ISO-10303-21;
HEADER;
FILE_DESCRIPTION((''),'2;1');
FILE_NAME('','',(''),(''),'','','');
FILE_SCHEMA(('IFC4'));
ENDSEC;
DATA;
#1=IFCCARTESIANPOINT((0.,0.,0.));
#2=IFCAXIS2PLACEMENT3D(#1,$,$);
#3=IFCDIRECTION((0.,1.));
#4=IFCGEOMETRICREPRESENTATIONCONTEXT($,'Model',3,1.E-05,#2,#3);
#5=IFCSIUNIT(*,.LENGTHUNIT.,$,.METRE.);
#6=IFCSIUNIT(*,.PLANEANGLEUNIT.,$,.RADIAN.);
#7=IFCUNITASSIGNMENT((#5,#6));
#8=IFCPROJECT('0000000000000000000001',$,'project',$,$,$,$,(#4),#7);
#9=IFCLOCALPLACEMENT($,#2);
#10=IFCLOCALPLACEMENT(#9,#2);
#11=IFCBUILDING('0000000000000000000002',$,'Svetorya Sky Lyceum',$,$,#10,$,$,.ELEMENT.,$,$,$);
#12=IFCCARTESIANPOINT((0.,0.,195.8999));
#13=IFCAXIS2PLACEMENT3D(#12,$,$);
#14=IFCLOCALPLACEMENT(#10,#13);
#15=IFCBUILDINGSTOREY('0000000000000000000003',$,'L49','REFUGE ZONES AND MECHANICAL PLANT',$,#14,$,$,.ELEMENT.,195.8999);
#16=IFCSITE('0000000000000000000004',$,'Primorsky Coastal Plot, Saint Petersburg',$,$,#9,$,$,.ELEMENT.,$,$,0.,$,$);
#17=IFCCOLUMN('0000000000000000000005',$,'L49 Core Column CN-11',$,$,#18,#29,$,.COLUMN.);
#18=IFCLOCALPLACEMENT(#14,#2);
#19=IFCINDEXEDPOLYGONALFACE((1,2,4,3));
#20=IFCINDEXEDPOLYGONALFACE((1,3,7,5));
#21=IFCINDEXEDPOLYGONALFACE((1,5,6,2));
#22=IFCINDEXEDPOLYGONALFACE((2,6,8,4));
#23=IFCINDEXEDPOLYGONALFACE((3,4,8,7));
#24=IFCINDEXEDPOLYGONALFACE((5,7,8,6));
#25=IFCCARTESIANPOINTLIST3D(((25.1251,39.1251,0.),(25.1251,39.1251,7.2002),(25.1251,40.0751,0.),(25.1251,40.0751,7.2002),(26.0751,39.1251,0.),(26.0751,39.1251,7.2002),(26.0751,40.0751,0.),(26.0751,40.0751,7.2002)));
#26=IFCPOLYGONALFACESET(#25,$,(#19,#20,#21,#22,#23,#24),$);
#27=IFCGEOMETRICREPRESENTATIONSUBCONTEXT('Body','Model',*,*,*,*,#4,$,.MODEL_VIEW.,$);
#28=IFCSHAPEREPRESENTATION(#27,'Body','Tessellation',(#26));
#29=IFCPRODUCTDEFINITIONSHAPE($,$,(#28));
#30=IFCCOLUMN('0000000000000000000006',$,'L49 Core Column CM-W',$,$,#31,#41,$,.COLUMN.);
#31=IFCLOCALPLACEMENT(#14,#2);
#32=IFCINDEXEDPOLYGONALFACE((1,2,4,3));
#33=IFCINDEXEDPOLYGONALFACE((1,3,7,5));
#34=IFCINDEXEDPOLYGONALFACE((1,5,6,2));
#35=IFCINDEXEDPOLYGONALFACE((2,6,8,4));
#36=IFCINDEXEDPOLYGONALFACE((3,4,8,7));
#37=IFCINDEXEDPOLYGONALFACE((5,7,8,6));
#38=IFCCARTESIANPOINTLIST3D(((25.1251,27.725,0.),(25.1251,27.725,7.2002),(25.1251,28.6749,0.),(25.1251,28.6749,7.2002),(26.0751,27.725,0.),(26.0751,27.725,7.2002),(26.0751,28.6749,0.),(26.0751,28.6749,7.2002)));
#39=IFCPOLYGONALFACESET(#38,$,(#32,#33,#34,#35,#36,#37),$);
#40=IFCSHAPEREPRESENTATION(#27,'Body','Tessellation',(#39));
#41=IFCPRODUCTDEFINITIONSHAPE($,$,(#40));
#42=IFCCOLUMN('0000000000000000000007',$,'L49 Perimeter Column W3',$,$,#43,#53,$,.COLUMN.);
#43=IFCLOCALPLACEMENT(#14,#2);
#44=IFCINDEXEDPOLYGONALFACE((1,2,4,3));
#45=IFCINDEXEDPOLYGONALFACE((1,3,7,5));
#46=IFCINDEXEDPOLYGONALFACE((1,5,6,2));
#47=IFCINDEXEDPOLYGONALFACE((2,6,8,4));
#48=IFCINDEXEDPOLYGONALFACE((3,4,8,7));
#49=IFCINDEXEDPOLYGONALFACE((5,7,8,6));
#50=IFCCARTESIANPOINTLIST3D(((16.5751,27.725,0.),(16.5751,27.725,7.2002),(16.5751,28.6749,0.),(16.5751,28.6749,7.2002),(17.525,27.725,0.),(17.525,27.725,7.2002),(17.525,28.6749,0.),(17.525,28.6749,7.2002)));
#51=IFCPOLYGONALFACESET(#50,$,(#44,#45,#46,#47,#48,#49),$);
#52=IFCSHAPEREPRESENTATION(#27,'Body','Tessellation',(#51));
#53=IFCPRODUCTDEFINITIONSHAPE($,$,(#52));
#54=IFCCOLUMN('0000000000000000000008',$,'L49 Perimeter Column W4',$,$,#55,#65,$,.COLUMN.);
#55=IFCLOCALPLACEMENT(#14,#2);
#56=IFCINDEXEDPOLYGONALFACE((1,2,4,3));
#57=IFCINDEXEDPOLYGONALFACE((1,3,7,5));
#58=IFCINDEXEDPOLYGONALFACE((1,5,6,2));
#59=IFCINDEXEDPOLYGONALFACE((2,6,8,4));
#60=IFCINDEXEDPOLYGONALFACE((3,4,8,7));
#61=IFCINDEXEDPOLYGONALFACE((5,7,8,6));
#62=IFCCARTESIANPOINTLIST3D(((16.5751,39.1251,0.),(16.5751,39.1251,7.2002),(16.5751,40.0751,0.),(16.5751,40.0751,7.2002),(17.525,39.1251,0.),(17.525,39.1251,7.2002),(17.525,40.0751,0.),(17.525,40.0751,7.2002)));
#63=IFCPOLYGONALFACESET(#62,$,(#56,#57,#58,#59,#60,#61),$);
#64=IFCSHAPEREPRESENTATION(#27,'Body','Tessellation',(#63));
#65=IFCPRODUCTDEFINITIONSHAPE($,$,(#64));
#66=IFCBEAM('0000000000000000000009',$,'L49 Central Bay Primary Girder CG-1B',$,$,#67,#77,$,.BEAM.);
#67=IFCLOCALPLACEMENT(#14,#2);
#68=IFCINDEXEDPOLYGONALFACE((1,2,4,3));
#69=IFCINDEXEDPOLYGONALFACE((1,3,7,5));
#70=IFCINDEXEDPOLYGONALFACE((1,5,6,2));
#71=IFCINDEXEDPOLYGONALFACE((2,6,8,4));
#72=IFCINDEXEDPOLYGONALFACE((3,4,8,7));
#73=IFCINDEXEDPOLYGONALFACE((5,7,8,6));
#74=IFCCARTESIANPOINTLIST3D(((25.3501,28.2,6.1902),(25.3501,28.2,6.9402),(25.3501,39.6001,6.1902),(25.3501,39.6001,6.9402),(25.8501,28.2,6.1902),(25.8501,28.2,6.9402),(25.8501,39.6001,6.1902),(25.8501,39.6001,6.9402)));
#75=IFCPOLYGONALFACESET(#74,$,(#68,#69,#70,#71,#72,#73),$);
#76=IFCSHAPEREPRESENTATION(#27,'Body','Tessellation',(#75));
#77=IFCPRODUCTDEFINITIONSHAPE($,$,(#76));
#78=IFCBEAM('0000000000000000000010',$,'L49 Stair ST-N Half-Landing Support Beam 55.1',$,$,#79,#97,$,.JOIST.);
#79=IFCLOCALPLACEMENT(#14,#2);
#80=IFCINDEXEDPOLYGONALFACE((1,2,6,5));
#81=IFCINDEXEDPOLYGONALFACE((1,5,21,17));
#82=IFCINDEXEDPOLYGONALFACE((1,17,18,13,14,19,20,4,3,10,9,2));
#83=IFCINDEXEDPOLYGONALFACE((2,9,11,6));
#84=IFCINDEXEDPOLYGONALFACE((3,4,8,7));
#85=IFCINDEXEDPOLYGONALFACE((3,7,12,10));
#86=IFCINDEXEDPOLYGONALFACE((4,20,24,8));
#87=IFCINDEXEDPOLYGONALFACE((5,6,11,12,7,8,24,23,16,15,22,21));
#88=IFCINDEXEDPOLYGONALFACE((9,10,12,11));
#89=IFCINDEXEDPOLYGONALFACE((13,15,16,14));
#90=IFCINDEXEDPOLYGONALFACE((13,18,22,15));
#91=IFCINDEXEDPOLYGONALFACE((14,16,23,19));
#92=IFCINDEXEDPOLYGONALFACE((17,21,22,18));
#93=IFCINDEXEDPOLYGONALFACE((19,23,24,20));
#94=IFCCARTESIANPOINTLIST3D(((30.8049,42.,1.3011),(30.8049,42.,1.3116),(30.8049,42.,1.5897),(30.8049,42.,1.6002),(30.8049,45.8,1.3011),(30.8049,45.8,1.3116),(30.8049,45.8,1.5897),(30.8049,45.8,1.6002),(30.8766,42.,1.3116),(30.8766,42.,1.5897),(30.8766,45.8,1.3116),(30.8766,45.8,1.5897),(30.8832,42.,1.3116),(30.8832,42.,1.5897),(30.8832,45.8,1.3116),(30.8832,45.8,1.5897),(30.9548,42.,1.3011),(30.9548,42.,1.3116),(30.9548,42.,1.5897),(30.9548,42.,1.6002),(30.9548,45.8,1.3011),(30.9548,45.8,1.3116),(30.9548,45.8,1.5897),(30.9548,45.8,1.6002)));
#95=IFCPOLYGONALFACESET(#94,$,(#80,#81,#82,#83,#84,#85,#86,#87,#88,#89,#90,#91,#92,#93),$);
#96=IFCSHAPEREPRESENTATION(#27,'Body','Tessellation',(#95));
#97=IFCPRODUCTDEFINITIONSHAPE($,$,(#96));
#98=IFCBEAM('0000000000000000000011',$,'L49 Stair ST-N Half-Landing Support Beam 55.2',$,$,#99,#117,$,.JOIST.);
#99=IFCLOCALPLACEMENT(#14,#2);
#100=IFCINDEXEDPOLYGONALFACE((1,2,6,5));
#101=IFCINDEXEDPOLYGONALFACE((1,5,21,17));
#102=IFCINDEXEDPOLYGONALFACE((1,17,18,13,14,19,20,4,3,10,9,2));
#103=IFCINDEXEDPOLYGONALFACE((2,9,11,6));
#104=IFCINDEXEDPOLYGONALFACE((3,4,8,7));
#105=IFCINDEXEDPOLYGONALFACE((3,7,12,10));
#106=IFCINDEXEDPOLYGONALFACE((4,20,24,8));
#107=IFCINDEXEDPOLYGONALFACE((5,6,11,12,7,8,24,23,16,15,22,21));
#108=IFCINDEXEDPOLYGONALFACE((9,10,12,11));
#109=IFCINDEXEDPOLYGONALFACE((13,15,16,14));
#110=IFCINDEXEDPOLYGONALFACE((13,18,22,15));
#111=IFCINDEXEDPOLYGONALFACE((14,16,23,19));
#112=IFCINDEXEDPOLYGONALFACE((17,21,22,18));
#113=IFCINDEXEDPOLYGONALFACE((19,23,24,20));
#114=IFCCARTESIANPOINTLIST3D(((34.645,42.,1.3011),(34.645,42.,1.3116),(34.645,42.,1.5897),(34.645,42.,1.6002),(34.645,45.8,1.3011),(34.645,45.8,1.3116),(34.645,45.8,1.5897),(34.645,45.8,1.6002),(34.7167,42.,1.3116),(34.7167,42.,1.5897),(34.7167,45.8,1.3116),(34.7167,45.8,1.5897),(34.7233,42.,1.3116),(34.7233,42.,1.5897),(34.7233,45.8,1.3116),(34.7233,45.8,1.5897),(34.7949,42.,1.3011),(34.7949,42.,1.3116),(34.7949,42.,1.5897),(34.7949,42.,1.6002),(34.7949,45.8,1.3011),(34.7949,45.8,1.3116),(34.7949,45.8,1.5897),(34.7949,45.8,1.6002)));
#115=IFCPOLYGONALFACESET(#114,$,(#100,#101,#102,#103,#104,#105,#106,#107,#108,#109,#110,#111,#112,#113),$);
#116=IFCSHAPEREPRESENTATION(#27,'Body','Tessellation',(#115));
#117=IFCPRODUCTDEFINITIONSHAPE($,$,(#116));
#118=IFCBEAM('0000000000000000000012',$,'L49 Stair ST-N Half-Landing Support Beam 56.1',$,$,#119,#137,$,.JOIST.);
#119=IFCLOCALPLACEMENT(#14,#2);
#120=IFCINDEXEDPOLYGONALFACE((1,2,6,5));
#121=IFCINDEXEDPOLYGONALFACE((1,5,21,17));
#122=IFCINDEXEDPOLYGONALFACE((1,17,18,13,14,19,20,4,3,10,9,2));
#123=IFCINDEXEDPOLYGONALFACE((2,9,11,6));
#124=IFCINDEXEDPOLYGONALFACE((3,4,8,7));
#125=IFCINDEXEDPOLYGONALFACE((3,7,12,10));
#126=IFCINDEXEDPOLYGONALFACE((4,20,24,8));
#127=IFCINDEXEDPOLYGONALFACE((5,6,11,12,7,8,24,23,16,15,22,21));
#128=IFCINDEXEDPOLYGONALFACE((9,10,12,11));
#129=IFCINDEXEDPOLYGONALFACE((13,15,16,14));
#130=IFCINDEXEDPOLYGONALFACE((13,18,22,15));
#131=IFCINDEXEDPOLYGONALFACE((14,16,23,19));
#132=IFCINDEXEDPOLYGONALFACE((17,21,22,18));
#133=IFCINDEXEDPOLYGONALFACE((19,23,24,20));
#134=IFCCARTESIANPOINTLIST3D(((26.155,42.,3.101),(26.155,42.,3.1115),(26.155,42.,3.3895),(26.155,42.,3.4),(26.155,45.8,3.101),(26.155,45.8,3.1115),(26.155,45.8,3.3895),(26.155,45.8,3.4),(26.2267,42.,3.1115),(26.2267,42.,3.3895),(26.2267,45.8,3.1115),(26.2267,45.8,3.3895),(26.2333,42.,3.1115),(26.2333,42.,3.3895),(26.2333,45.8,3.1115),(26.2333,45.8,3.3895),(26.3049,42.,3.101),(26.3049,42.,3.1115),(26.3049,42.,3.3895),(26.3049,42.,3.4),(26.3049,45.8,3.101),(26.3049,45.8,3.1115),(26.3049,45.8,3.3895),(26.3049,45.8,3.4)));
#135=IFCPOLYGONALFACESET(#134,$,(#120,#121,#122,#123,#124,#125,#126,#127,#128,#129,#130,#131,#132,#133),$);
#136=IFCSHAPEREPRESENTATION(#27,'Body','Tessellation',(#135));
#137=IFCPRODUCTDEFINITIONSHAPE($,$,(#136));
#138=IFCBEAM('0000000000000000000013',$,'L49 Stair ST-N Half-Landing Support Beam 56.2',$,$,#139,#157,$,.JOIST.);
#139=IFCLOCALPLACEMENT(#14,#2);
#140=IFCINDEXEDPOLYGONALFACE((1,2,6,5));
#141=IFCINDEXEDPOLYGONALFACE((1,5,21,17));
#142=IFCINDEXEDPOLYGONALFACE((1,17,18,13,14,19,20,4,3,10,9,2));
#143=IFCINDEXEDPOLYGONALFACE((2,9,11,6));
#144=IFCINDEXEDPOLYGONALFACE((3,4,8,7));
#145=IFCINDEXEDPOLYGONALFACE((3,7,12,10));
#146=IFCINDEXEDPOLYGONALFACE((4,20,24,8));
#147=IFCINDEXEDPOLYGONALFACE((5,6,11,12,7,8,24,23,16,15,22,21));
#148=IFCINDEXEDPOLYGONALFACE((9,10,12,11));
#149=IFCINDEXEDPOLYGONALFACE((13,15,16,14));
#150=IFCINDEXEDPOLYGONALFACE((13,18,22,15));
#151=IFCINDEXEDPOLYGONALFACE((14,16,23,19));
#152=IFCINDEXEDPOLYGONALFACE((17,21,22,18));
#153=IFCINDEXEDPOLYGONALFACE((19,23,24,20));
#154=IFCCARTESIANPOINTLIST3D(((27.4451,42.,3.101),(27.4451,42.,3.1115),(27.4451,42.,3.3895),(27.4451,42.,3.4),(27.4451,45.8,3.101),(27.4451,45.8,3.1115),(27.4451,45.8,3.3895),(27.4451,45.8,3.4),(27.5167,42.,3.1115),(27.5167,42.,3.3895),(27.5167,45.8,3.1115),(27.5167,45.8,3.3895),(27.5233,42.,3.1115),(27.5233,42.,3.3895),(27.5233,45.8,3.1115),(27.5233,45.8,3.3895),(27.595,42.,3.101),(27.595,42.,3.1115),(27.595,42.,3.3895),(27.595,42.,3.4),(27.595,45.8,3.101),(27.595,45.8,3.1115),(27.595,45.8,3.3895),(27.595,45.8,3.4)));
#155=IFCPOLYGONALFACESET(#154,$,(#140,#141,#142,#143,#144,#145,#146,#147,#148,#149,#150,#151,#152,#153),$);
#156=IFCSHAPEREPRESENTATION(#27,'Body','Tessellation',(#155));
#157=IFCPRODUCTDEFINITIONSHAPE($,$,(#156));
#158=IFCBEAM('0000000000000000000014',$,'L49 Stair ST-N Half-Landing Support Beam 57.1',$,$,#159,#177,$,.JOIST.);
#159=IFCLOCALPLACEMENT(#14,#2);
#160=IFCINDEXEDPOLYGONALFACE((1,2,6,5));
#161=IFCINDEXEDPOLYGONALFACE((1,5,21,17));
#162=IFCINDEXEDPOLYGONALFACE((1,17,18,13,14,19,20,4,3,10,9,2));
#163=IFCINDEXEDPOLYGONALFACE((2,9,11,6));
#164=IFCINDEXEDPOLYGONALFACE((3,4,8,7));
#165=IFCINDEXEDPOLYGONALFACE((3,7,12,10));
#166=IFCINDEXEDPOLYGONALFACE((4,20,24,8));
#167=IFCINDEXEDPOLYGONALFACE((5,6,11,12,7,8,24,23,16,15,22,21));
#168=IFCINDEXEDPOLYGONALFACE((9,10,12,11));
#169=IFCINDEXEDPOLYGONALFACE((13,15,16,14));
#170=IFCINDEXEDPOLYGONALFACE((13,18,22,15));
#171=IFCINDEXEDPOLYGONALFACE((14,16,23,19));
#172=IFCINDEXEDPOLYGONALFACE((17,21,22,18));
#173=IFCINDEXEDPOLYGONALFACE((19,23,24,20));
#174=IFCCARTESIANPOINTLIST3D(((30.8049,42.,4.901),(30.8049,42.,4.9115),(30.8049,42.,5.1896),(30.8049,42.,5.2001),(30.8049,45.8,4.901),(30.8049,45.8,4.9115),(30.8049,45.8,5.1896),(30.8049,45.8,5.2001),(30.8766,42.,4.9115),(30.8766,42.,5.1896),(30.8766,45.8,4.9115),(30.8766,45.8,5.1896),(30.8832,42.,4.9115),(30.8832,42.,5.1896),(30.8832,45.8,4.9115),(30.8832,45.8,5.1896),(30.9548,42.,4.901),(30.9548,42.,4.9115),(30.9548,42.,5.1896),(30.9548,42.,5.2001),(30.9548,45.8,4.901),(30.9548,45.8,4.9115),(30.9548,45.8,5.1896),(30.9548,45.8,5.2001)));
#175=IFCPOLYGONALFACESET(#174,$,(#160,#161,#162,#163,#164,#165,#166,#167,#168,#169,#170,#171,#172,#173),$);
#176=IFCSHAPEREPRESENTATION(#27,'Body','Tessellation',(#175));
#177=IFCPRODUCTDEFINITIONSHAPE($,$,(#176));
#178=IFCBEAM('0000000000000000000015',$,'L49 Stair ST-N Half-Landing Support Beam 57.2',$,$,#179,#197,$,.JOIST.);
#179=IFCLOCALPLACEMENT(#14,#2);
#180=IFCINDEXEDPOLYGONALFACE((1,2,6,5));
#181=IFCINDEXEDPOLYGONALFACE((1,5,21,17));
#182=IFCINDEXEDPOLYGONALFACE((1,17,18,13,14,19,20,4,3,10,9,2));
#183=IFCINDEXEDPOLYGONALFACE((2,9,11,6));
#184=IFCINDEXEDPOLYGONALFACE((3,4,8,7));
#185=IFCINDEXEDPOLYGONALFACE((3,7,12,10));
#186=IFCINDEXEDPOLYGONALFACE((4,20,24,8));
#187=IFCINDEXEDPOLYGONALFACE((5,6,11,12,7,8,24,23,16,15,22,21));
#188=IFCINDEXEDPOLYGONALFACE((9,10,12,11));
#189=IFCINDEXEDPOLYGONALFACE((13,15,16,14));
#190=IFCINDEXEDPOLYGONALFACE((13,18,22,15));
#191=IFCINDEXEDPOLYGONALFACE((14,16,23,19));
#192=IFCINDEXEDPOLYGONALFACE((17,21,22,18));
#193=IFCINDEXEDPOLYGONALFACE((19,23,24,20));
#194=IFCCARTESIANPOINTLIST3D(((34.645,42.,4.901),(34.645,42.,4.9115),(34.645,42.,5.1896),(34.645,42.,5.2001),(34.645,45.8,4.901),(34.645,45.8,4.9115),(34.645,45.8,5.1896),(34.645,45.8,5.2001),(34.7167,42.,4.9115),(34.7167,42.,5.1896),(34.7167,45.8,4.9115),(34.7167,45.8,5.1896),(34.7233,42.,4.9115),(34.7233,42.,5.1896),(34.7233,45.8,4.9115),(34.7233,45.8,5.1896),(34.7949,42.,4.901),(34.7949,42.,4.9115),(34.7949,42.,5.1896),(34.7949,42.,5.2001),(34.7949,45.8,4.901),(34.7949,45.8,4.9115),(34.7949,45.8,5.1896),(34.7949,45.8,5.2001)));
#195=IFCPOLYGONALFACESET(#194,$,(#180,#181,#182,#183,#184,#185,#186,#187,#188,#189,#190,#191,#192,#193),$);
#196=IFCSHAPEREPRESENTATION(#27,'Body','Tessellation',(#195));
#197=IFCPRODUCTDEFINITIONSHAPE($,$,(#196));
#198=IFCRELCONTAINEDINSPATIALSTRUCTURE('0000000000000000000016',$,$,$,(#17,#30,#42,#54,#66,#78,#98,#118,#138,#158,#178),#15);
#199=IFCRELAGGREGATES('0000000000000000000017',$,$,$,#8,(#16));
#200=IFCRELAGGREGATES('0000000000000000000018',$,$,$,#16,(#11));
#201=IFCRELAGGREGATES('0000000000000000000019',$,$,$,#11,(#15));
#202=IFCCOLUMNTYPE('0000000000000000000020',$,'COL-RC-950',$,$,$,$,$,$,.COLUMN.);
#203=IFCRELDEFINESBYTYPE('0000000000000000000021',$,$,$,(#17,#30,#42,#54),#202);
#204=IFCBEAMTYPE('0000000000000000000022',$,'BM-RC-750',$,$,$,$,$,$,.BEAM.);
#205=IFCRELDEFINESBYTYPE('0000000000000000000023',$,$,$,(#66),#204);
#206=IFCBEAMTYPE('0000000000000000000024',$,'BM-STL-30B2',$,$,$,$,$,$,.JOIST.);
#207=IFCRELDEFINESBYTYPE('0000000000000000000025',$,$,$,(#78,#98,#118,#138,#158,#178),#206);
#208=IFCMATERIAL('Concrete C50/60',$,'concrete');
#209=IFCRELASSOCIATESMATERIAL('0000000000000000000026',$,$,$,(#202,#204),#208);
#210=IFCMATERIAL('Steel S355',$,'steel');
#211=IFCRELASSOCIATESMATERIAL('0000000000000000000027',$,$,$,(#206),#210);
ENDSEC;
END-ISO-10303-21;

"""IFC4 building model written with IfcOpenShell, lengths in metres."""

from ifc_helpers import new_model, si_unit, direction, frame, origin, origin_2d, place, context, subcontext, project, spatial, rectangle, i_section, extrude, material, material_profile, profile_set, type_object, element, save


model = new_model("IFC4")

# Units and contexts
model_context = context("Model", 3, precision=1e-05, world=origin(), true_north=direction((0.0, 1.0)))
body_context = subcontext(model_context, "Body", "Model", "MODEL_VIEW")
ifc_project = project(units=[si_unit("LENGTHUNIT", "METRE"), si_unit("PLANEANGLEUNIT", "RADIAN")], contexts=[model_context])

# Site, building, storey
site_placement = place(None, origin())
site = spatial("IfcSite", under=ifc_project, at=site_placement, Name="Primorsky Coastal Plot, Saint Petersburg", CompositionType="ELEMENT", RefElevation=0.0)
building_placement = place(site_placement, origin())
building = spatial("IfcBuilding", under=site, at=building_placement, Name="Svetorya Sky Lyceum", CompositionType="ELEMENT")
storey_placement = place(building_placement, frame((0.0, 0.0, 195.8999)))
storey = spatial("IfcBuildingStorey", under=building, at=storey_placement, Name="L49", Description="REFUGE ZONES AND MECHANICAL PLANT", CompositionType="ELEMENT", Elevation=195.8999)

# Columns
ifc_material_1 = material(Name="Concrete C50/60", Category="concrete")
ifc_material_profile_1 = material_profile(ifc_material_1, rectangle(XDim=0.95, YDim=0.95, at=origin_2d()), Name="RC COL 950x950")
ifc_profile_set_1 = profile_set([ifc_material_profile_1], Name="Concrete C50/60")
column_type = type_object("IfcColumnType", Name="COL-RC-950", PredefinedType="COLUMN", material=ifc_profile_set_1)
for number, where, z_axis, x_axis, name in (
    (1, (25.6001, 39.6001, 0.0), (0.0, 0.0, 1.0), (1.0, 0.0, 0.0), "L49 Core Column CN-11"),
    (2, (25.6001, 28.2, 0.0), (0.0, 0.0, 1.0), (1.0, 0.0, 0.0), "L49 Core Column CM-W"),
    (3, (17.05, 28.2, 0.0), (0.0, 0.0, 1.0), (1.0, 0.0, 0.0), "L49 Perimeter Column W3"),
    (4, (17.05, 39.6001, 0.0), (0.0, 0.0, 1.0), (1.0, 0.0, 0.0), "L49 Perimeter Column W4"),
):
    element("IfcColumn", number, at=place(storey_placement, frame(where, z_axis=z_axis, x_axis=x_axis)), inside=storey, type_object=column_type, Name=name, PredefinedType="COLUMN", context=body_context, shape_type="SweptSolid", body=[
        extrude(rectangle(XDim=0.95, YDim=0.95, at=origin_2d()), origin(), (0.0, 0.0, 1.0), 7.2002),
    ])

# Beams
ifc_material_profile_2 = material_profile(ifc_material_1, rectangle(XDim=0.5, YDim=0.75, at=origin_2d()), Name="RC BEAM 500x750")
ifc_profile_set_2 = profile_set([ifc_material_profile_2], Name="Concrete C50/60")
beam_type_1 = type_object("IfcBeamType", Name="BM-RC-750", PredefinedType="BEAM", material=ifc_profile_set_2)
beam_placement = place(storey_placement, frame((25.6001, 28.2, 6.5652), z_axis=(0.0, 1.0, 0.0), x_axis=(-1.0, 0.0, 0.0)))
element("IfcBeam", 5, at=beam_placement, inside=storey, type_object=beam_type_1, Name="L49 Central Bay Primary Girder CG-1B", PredefinedType="BEAM", context=body_context, shape_type="SweptSolid", body=[
    extrude(rectangle(XDim=0.5, YDim=0.75, at=origin_2d()), origin(), (0.0, 0.0, 1.0), 11.4001),
])
ifc_material_2 = material(Name="Steel S355", Category="steel")
ifc_material_profile_3 = material_profile(ifc_material_2, i_section(OverallWidth=0.1499, OverallDepth=0.2991, WebThickness=0.0066, FlangeThickness=0.0105, at=origin_2d()), Name="GOST 30B2")
ifc_profile_set_3 = profile_set([ifc_material_profile_3], Name="Steel S355")
beam_type_2 = type_object("IfcBeamType", Name="BM-STL-30B2", PredefinedType="JOIST", material=ifc_profile_set_3)
for number, where, z_axis, x_axis, name in (
    (6, (30.8799, 42.0, 1.4507), (0.0, 1.0, 0.0), (-1.0, 0.0, 0.0), "L49 Stair ST-N Half-Landing Support Beam 55.1"),
    (7, (34.72, 42.0, 1.4507), (0.0, 1.0, 0.0), (-1.0, 0.0, 0.0), "L49 Stair ST-N Half-Landing Support Beam 55.2"),
    (8, (26.23, 42.0, 3.2505), (0.0, 1.0, 0.0), (-1.0, 0.0, 0.0), "L49 Stair ST-N Half-Landing Support Beam 56.1"),
    (9, (27.52, 42.0, 3.2505), (0.0, 1.0, 0.0), (-1.0, 0.0, 0.0), "L49 Stair ST-N Half-Landing Support Beam 56.2"),
    (10, (30.8799, 42.0, 5.0505), (0.0, 1.0, 0.0), (-1.0, 0.0, 0.0), "L49 Stair ST-N Half-Landing Support Beam 57.1"),
    (11, (34.72, 42.0, 5.0505), (0.0, 1.0, 0.0), (-1.0, 0.0, 0.0), "L49 Stair ST-N Half-Landing Support Beam 57.2"),
):
    element("IfcBeam", number, at=place(storey_placement, frame(where, z_axis=z_axis, x_axis=x_axis)), inside=storey, type_object=beam_type_2, Name=name, PredefinedType="JOIST", context=body_context, shape_type="SweptSolid", body=[
        extrude(i_section(OverallWidth=0.1499, OverallDepth=0.2991, WebThickness=0.0066, FlangeThickness=0.0105, at=origin_2d()), origin(), (0.0, 0.0, 1.0), 3.8),
    ])

save(model, "model.ifc")
